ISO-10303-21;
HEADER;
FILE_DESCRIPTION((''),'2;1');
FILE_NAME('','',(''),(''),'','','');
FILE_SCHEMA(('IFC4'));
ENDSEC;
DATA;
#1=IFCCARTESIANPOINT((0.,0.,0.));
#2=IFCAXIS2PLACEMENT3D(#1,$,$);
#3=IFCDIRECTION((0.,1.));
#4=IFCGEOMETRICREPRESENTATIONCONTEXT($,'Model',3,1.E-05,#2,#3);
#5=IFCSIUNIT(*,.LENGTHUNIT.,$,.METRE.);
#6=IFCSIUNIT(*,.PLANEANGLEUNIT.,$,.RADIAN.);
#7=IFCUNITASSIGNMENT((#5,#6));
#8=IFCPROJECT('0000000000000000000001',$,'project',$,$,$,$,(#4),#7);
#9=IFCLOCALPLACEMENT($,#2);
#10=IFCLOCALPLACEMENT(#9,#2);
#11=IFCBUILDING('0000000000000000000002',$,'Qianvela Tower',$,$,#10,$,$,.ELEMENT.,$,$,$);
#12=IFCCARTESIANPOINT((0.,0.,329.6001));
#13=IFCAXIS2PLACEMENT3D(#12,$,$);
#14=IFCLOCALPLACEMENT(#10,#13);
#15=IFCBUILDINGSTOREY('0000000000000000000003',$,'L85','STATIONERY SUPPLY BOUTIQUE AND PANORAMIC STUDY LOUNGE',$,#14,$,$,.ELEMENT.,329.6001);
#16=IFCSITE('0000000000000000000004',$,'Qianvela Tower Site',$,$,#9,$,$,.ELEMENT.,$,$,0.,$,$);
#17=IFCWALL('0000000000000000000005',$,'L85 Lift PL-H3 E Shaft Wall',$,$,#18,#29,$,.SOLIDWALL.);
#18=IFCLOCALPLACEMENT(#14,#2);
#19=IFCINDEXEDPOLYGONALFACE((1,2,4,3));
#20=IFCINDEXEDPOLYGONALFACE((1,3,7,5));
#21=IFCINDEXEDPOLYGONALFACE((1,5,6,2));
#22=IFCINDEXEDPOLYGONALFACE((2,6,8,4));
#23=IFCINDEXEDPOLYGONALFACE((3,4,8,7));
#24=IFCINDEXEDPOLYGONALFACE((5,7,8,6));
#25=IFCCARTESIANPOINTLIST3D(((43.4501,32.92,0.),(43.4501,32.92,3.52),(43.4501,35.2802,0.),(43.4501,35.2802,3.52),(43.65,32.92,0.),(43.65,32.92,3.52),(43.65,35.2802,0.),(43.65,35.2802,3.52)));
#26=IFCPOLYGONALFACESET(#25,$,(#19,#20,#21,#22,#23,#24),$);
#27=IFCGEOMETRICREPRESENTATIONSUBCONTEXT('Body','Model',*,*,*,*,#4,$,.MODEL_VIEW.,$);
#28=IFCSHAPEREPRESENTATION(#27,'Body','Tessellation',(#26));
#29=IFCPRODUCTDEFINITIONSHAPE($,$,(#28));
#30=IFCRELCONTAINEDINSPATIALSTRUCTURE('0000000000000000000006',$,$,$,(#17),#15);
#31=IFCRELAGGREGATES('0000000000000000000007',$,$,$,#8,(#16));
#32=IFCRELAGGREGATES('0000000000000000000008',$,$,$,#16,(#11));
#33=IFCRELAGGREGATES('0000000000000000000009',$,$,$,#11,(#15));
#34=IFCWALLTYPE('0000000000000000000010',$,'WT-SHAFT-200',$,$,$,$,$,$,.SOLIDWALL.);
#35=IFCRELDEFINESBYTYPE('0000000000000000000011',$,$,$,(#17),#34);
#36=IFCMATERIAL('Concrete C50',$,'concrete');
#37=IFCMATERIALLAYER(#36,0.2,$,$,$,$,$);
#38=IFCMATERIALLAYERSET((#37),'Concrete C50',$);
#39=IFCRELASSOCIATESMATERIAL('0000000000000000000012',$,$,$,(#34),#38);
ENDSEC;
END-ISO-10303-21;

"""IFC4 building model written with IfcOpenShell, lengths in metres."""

from ifc_helpers import new_model, si_unit, direction, frame, frame_2d, origin, place, context, subcontext, project, spatial, rectangle, extrude, material, layer, layer_set, type_object, element, save


model = new_model("IFC4")

# Units and contexts
model_context = context("Model", 3, precision=1e-05, world=origin(), true_north=direction((0.0, 1.0)))
body_context = subcontext(model_context, "Body", "Model", "MODEL_VIEW")
ifc_project = project(units=[si_unit("LENGTHUNIT", "METRE"), si_unit("PLANEANGLEUNIT", "RADIAN")], contexts=[model_context])

# Site, building, storey
site_placement = place(None, origin())
site = spatial("IfcSite", under=ifc_project, at=site_placement, Name="Qianvela Tower Site", CompositionType="ELEMENT", RefElevation=0.0)
building_placement = place(site_placement, origin())
building = spatial("IfcBuilding", under=site, at=building_placement, Name="Qianvela Tower", CompositionType="ELEMENT")
storey_placement = place(building_placement, frame((0.0, 0.0, 329.6001)))
storey = spatial("IfcBuildingStorey", under=building, at=storey_placement, Name="L85", Description="STATIONERY SUPPLY BOUTIQUE AND PANORAMIC STUDY LOUNGE", CompositionType="ELEMENT", Elevation=329.6001)

# Wall
ifc_material_1 = material(Name="Concrete C50", Category="concrete")
ifc_layer_1 = layer(ifc_material_1, 0.2)
ifc_layer_set_1 = layer_set([ifc_layer_1], Name="Concrete C50")
wall_type_1 = type_object("IfcWallType", Name="WT-SHAFT-200", PredefinedType="SOLIDWALL", material=ifc_layer_set_1)
wall_1_placement = place(storey_placement, frame((43.55, 32.9199, 0.0), z_axis=(0.0, 0.0, 1.0), x_axis=(0.0, 1.0, 0.0)))
element("IfcWall", 1, at=wall_1_placement, inside=storey, type_object=wall_type_1, Name="L85 Lift PL-H3 E Shaft Wall", PredefinedType="SOLIDWALL", context=body_context, shape_type="SweptSolid", body=[
    extrude(rectangle(XDim=2.3601, YDim=0.2, at=frame_2d((1.1802, 0.0))), origin(), (0.0, 0.0, 1.0), 3.52),
])

save(model, "model.ifc")
